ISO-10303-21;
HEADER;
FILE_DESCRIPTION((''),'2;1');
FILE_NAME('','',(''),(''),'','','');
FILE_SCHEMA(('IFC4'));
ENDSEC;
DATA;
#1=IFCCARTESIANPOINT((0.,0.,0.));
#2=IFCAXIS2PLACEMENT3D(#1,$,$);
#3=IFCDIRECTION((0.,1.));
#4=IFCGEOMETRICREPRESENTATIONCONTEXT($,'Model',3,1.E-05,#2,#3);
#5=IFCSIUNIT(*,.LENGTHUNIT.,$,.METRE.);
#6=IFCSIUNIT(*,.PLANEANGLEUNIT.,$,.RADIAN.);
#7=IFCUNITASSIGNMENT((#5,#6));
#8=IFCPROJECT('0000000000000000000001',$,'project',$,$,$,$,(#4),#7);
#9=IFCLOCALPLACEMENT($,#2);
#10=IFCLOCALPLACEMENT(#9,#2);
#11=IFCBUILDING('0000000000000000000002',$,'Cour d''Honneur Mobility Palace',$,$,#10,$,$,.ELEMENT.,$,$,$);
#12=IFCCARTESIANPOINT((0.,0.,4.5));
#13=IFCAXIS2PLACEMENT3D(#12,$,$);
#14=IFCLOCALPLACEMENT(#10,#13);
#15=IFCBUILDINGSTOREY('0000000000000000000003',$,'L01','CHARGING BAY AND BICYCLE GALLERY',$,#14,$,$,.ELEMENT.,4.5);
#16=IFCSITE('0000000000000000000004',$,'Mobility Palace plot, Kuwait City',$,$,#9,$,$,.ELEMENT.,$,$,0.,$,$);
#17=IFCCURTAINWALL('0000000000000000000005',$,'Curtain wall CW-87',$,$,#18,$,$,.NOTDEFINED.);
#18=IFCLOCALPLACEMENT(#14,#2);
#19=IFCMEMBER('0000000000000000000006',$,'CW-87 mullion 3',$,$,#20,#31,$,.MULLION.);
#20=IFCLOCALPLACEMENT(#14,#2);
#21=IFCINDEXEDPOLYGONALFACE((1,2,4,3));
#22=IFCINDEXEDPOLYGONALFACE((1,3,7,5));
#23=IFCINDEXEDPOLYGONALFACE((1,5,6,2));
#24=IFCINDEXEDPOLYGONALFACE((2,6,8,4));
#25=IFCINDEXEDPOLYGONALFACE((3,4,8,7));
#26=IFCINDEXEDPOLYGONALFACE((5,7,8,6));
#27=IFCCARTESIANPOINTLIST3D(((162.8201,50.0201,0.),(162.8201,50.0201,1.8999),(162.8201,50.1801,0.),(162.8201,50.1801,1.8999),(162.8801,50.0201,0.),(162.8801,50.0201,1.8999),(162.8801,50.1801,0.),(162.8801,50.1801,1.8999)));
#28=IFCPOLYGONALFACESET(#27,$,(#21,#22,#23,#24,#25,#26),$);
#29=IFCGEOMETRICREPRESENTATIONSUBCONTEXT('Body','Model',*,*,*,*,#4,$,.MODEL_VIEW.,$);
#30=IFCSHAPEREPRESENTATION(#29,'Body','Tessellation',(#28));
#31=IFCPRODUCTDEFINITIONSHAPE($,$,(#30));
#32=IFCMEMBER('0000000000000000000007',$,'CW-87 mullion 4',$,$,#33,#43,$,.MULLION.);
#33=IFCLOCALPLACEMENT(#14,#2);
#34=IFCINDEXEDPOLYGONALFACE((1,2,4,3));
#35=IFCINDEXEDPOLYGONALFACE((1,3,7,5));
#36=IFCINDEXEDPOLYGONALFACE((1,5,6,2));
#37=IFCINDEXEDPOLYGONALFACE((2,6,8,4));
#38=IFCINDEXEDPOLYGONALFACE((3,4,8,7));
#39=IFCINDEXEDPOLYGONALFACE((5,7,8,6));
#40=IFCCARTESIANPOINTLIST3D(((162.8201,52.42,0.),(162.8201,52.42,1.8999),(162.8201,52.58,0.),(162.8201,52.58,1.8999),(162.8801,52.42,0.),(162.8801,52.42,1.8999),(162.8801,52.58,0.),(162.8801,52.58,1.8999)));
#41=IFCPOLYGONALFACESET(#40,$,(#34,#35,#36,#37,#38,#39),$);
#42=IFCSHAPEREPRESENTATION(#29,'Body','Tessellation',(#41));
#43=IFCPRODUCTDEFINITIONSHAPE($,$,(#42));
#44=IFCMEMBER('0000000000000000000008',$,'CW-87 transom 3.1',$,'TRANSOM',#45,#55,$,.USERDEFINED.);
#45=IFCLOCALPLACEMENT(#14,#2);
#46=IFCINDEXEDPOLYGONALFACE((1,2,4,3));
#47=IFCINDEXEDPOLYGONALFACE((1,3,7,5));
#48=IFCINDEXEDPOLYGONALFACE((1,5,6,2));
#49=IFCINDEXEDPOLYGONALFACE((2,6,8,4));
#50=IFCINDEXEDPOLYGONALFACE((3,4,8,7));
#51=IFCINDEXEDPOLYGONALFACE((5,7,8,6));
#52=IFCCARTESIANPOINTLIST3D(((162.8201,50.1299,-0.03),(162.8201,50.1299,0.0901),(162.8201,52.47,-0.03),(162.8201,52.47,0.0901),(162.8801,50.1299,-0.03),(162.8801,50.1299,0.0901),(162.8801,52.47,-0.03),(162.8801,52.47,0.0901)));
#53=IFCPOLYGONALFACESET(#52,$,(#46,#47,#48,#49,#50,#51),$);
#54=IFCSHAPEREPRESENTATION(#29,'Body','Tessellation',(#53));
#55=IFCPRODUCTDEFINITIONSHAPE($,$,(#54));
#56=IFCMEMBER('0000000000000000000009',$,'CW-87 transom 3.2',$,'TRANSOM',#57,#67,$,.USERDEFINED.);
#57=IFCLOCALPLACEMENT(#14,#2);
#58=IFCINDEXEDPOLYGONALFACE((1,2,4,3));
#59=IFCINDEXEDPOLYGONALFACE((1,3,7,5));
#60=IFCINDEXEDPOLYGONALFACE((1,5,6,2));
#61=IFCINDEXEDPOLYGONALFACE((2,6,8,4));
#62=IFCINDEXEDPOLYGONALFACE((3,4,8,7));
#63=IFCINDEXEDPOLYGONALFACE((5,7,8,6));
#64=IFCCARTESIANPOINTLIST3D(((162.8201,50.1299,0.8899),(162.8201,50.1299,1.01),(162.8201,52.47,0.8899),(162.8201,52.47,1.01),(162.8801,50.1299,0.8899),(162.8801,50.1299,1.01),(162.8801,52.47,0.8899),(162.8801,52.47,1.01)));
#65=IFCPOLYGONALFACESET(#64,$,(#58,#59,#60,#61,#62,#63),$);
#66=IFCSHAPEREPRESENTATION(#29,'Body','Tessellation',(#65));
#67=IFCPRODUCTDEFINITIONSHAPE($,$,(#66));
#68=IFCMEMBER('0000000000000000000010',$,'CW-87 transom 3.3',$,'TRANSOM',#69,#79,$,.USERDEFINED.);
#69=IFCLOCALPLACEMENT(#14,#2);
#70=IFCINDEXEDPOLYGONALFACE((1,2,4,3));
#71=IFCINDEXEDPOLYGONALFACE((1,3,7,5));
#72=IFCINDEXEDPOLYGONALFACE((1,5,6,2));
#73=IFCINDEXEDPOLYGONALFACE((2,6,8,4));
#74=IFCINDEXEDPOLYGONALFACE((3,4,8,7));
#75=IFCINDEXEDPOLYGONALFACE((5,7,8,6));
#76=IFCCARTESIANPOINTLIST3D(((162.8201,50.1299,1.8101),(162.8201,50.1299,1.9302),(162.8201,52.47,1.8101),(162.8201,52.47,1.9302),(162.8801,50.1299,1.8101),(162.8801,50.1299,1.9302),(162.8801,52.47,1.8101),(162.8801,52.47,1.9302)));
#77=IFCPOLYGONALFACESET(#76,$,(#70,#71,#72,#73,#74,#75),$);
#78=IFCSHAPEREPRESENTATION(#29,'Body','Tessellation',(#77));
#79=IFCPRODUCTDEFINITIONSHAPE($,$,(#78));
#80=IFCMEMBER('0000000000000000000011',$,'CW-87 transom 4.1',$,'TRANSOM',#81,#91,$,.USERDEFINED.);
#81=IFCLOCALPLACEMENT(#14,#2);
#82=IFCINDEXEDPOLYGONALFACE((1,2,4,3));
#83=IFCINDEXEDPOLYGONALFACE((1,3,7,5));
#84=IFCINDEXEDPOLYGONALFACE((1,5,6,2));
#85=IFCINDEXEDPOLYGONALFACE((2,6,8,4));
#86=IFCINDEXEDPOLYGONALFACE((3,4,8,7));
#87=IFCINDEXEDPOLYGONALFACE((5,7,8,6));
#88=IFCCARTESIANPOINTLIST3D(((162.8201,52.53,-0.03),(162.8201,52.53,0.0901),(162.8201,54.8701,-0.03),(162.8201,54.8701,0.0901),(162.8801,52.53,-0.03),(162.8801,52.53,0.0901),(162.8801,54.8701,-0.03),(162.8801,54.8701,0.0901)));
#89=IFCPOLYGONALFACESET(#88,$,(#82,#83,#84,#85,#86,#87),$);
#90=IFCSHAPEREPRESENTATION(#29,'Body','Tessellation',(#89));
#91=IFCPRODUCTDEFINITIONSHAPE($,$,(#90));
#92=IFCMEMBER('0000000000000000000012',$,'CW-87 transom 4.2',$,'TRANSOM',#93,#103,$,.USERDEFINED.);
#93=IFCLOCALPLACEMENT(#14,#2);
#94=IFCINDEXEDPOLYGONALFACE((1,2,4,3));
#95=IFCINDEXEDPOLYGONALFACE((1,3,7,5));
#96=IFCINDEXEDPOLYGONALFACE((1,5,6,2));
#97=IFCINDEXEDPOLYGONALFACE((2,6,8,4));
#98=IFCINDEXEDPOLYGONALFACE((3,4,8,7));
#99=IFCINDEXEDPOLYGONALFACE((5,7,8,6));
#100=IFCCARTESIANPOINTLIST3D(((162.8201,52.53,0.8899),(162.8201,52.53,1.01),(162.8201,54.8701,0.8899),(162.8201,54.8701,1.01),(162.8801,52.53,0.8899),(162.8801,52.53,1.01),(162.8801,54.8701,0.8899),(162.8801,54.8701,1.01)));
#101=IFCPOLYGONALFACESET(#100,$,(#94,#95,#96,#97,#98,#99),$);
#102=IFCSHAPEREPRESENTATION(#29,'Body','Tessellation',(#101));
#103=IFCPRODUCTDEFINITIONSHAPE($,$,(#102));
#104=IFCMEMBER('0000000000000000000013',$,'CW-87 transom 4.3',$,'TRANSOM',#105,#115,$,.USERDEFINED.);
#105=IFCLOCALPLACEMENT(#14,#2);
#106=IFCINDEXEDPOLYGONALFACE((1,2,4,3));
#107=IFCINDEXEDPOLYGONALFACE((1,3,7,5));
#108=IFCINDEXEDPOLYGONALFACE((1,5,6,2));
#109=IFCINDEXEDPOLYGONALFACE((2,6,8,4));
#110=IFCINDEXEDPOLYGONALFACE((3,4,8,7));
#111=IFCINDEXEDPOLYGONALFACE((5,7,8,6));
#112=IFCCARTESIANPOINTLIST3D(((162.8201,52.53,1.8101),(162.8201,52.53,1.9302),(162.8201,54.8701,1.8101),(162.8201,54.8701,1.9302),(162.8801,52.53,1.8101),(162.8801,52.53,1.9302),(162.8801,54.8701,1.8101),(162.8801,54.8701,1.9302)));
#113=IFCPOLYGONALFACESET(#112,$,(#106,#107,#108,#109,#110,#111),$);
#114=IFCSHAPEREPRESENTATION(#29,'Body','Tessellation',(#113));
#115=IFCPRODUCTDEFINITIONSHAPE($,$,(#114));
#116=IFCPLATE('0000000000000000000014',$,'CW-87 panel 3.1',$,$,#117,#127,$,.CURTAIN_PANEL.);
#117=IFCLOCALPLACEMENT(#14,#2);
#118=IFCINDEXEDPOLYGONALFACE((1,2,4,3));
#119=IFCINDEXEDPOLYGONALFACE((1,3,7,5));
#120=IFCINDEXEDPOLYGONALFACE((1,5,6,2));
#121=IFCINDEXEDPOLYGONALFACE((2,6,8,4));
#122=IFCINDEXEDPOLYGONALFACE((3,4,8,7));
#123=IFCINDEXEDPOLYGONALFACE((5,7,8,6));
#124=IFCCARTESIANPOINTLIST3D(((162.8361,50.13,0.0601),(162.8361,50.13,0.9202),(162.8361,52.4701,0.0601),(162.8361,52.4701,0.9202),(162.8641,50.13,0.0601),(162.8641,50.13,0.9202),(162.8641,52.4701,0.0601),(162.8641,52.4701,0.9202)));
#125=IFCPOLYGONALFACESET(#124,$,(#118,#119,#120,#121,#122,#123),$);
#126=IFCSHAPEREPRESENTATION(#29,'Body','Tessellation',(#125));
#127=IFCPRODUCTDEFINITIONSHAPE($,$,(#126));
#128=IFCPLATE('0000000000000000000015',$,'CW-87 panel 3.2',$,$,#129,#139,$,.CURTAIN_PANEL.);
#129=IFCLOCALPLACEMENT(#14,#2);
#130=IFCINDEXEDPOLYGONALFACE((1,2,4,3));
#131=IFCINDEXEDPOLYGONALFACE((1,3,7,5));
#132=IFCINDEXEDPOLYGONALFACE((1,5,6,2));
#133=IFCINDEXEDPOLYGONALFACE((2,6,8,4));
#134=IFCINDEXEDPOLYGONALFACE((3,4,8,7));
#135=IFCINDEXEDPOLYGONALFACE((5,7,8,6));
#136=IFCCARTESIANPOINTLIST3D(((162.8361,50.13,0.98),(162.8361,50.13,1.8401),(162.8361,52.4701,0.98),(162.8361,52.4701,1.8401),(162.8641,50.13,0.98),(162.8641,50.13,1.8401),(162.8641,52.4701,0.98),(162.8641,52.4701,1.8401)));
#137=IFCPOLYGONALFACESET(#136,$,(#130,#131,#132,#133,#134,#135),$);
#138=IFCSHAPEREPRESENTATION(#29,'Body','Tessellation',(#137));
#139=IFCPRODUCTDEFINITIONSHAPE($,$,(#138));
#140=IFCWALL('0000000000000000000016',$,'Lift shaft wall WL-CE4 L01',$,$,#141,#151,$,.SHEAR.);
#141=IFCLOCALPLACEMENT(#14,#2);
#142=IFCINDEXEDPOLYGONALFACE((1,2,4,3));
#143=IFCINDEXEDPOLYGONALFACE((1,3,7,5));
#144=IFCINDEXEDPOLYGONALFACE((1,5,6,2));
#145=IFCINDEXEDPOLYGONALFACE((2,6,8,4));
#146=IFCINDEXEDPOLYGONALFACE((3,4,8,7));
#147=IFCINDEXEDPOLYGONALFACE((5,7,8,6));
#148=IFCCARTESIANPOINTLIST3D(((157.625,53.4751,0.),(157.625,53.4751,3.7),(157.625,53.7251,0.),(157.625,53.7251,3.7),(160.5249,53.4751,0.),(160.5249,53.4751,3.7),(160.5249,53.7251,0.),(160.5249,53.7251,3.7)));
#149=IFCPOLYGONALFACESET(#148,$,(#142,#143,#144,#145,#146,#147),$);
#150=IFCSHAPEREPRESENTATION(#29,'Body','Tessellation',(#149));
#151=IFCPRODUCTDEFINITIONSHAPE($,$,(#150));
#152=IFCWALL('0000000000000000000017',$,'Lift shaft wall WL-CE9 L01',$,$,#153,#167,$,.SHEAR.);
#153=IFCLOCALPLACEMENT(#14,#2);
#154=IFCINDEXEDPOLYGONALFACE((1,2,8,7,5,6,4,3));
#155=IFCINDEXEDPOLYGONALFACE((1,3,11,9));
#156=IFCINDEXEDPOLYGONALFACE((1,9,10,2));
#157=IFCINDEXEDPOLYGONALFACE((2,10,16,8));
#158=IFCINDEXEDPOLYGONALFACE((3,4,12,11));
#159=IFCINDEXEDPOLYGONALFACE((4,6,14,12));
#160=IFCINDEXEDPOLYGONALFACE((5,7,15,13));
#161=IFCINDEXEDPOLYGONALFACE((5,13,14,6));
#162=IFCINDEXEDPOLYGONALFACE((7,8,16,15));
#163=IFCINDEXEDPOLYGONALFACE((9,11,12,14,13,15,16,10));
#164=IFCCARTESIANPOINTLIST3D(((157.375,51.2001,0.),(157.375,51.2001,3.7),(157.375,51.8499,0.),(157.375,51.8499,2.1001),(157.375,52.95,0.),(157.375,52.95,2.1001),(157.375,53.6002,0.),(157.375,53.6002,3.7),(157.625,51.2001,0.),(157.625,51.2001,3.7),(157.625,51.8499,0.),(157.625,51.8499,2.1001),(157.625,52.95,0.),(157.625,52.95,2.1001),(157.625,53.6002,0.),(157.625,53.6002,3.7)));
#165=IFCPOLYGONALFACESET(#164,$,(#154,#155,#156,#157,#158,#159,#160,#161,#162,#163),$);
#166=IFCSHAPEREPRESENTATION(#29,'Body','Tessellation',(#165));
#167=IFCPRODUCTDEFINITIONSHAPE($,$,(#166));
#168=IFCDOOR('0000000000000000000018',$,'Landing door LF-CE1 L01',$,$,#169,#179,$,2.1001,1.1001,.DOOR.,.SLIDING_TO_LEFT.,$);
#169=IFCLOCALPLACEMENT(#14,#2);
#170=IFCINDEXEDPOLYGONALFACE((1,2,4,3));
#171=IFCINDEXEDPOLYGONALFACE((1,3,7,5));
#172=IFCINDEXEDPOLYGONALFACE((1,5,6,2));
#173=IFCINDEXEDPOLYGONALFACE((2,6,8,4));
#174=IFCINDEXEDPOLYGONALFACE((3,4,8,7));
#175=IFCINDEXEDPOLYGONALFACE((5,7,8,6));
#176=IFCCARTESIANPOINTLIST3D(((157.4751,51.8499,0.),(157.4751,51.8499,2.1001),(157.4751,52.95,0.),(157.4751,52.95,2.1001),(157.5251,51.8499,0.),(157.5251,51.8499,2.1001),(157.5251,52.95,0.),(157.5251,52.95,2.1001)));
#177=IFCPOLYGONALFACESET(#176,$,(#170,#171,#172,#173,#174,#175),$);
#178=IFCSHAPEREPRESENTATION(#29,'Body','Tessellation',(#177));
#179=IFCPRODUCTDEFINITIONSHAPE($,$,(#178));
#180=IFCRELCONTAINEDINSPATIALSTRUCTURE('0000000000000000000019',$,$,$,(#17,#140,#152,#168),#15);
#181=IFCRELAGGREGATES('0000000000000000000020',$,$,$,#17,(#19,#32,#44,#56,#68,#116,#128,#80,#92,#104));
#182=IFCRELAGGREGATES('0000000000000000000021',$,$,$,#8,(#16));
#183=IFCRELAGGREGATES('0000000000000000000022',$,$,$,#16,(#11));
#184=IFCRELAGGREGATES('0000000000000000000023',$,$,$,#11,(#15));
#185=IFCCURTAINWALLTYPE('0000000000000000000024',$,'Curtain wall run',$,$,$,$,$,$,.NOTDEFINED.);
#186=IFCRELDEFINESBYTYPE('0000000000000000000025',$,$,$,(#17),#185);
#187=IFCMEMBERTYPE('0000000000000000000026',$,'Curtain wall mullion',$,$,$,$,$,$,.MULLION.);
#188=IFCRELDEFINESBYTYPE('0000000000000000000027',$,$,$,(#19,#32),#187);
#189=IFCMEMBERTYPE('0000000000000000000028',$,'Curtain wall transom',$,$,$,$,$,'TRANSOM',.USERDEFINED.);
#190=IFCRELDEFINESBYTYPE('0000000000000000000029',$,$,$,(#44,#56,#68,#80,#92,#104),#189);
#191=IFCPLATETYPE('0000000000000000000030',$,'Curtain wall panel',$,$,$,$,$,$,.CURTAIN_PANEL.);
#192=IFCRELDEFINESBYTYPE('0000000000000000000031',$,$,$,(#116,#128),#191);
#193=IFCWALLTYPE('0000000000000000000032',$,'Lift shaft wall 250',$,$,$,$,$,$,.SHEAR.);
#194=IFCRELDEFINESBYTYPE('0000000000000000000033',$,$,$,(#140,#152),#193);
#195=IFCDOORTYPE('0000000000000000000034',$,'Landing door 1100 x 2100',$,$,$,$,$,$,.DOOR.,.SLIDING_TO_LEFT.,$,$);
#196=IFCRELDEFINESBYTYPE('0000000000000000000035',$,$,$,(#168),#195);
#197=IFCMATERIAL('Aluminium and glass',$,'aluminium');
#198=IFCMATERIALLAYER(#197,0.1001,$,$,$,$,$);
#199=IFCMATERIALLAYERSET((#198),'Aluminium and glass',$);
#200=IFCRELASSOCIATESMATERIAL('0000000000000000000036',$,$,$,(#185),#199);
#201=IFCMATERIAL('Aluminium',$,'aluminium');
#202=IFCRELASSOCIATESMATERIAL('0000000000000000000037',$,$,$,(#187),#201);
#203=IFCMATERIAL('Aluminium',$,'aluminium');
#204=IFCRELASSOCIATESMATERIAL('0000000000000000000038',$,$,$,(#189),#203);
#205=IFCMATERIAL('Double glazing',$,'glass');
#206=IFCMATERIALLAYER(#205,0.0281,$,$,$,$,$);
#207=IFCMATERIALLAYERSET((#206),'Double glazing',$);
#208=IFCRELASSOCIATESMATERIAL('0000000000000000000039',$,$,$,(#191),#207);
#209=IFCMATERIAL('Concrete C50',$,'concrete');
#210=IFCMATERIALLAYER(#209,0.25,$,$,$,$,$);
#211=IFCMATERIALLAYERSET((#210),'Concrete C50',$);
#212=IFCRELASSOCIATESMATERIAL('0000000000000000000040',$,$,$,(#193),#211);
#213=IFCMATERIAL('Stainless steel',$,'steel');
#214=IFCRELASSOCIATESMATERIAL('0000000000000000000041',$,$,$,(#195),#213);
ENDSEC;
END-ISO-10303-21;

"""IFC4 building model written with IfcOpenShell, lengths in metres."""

from ifc_helpers import new_model, si_unit, direction, frame, frame_2d, origin, origin_2d, place, context, subcontext, project, spatial, rectangle, extrude, material, layer, layer_set, material_profile, profile_set, type_object, element, fill, aggregate, save


model = new_model("IFC4")

# Units and contexts
model_context = context("Model", 3, precision=1e-05, world=origin(), true_north=direction((0.0, 1.0)))
body_context = subcontext(model_context, "Body", "Model", "MODEL_VIEW")
ifc_project = project(units=[si_unit("LENGTHUNIT", "METRE"), si_unit("PLANEANGLEUNIT", "RADIAN")], contexts=[model_context])

# Site, building, storey
site_placement = place(None, origin())
site = spatial("IfcSite", under=ifc_project, at=site_placement, Name="Mobility Palace plot, Kuwait City", CompositionType="ELEMENT", RefElevation=0.0)
building_placement = place(site_placement, origin())
building = spatial("IfcBuilding", under=site, at=building_placement, Name="Cour d'Honneur Mobility Palace", CompositionType="ELEMENT")
storey_placement = place(building_placement, frame((0.0, 0.0, 4.5)))
storey = spatial("IfcBuildingStorey", under=building, at=storey_placement, Name="L01", Description="CHARGING BAY AND BICYCLE GALLERY", CompositionType="ELEMENT", Elevation=4.5)

# Curtain wall, members, plates
ifc_material_1 = material(Name="Aluminium and glass", Category="aluminium")
ifc_layer_1 = layer(ifc_material_1, 0.1001)
ifc_layer_set_1 = layer_set([ifc_layer_1], Name="Aluminium and glass")
curtain_wall_type = type_object("IfcCurtainWallType", Name="Curtain wall run", PredefinedType="NOTDEFINED", material=ifc_layer_set_1)
curtain_wall_placement = place(storey_placement, origin())
curtain_wall = element("IfcCurtainWall", 1, at=curtain_wall_placement, inside=storey, type_object=curtain_wall_type, Name="Curtain wall CW-87", PredefinedType="NOTDEFINED")
ifc_material_2 = material(Name="Aluminium", Category="aluminium")
ifc_material_profile_1 = material_profile(ifc_material_2, rectangle(XDim=0.0601, YDim=0.1599, at=origin_2d()), Name="Curtain wall mullion")
ifc_profile_set_1 = profile_set([ifc_material_profile_1], Name="Aluminium")
member_type_1 = type_object("IfcMemberType", Name="Curtain wall mullion", PredefinedType="MULLION", material=ifc_profile_set_1)
member_1_placement = place(storey_placement, frame((162.8501, 50.1001, 0.0), z_axis=(0.0, 0.0, 1.0), x_axis=(-1.0, 0.0, 0.0)))
member_1 = element("IfcMember", 2, at=member_1_placement, type_object=member_type_1, Name="CW-87 mullion 3", PredefinedType="MULLION", context=body_context, shape_type="SweptSolid", body=[
    extrude(rectangle(XDim=0.0601, YDim=0.1599, at=origin_2d()), origin(), (0.0, 0.0, 1.0), 1.8999),
])
member_2_placement = place(storey_placement, frame((162.8501, 52.5, 0.0), z_axis=(0.0, 0.0, 1.0), x_axis=(-1.0, 0.0, 0.0)))
member_2 = element("IfcMember", 3, at=member_2_placement, type_object=member_type_1, Name="CW-87 mullion 4", PredefinedType="MULLION", context=body_context, shape_type="SweptSolid", body=[
    extrude(rectangle(XDim=0.0601, YDim=0.1599, at=origin_2d()), origin(), (0.0, 0.0, 1.0), 1.8999),
])
ifc_material_3 = material(Name="Aluminium", Category="aluminium")
ifc_material_profile_2 = material_profile(ifc_material_3, rectangle(XDim=0.0601, YDim=0.1201, at=origin_2d()), Name="Curtain wall transom")
ifc_profile_set_2 = profile_set([ifc_material_profile_2], Name="Aluminium")
member_type_2 = type_object("IfcMemberType", Name="Curtain wall transom", ElementType="TRANSOM", PredefinedType="USERDEFINED", material=ifc_profile_set_2)
member_3_placement = place(storey_placement, frame((162.8501, 50.1299, 0.03), z_axis=(0.0, 1.0, 0.0), x_axis=(-1.0, 0.0, 0.0)))
member_3 = element("IfcMember", 4, at=member_3_placement, type_object=member_type_2, Name="CW-87 transom 3.1", ObjectType="TRANSOM", PredefinedType="USERDEFINED", context=body_context, shape_type="SweptSolid", body=[
    extrude(rectangle(XDim=0.0601, YDim=0.1201, at=origin_2d()), origin(), (0.0, 0.0, 1.0), 2.3401),
])
member_4_placement = place(storey_placement, frame((162.8501, 50.1299, 0.95), z_axis=(0.0, 1.0, 0.0), x_axis=(-1.0, 0.0, 0.0)))
member_4 = element("IfcMember", 5, at=member_4_placement, type_object=member_type_2, Name="CW-87 transom 3.2", ObjectType="TRANSOM", PredefinedType="USERDEFINED", context=body_context, shape_type="SweptSolid", body=[
    extrude(rectangle(XDim=0.0601, YDim=0.1201, at=origin_2d()), origin(), (0.0, 0.0, 1.0), 2.3401),
])
member_5_placement = place(storey_placement, frame((162.8501, 50.1299, 1.8701), z_axis=(0.0, 1.0, 0.0), x_axis=(-1.0, 0.0, 0.0)))
member_5 = element("IfcMember", 6, at=member_5_placement, type_object=member_type_2, Name="CW-87 transom 3.3", ObjectType="TRANSOM", PredefinedType="USERDEFINED", context=body_context, shape_type="SweptSolid", body=[
    extrude(rectangle(XDim=0.0601, YDim=0.1201, at=origin_2d()), origin(), (0.0, 0.0, 1.0), 2.3401),
])
member_6_placement = place(storey_placement, frame((162.8501, 52.53, 0.03), z_axis=(0.0, 1.0, 0.0), x_axis=(-1.0, 0.0, 0.0)))
member_6 = element("IfcMember", 7, at=member_6_placement, type_object=member_type_2, Name="CW-87 transom 4.1", ObjectType="TRANSOM", PredefinedType="USERDEFINED", context=body_context, shape_type="SweptSolid", body=[
    extrude(rectangle(XDim=0.0601, YDim=0.1201, at=origin_2d()), origin(), (0.0, 0.0, 1.0), 2.3401),
])
member_7_placement = place(storey_placement, frame((162.8501, 52.53, 0.95), z_axis=(0.0, 1.0, 0.0), x_axis=(-1.0, 0.0, 0.0)))
member_7 = element("IfcMember", 8, at=member_7_placement, type_object=member_type_2, Name="CW-87 transom 4.2", ObjectType="TRANSOM", PredefinedType="USERDEFINED", context=body_context, shape_type="SweptSolid", body=[
    extrude(rectangle(XDim=0.0601, YDim=0.1201, at=origin_2d()), origin(), (0.0, 0.0, 1.0), 2.3401),
])
member_8_placement = place(storey_placement, frame((162.8501, 52.53, 1.8701), z_axis=(0.0, 1.0, 0.0), x_axis=(-1.0, 0.0, 0.0)))
member_8 = element("IfcMember", 9, at=member_8_placement, type_object=member_type_2, Name="CW-87 transom 4.3", ObjectType="TRANSOM", PredefinedType="USERDEFINED", context=body_context, shape_type="SweptSolid", body=[
    extrude(rectangle(XDim=0.0601, YDim=0.1201, at=origin_2d()), origin(), (0.0, 0.0, 1.0), 2.3401),
])
ifc_material_4 = material(Name="Double glazing", Category="glass")
ifc_layer_2 = layer(ifc_material_4, 0.0281)
ifc_layer_set_2 = layer_set([ifc_layer_2], Name="Double glazing")
plate_type = type_object("IfcPlateType", Name="Curtain wall panel", PredefinedType="CURTAIN_PANEL", material=ifc_layer_set_2)
plate_1_placement = place(storey_placement, frame((162.8501, 51.3, 0.0601), z_axis=(0.0, 0.0, 1.0), x_axis=(0.0, 1.0, 0.0)))
plate_1 = element("IfcPlate", 10, at=plate_1_placement, type_object=plate_type, Name="CW-87 panel 3.1", PredefinedType="CURTAIN_PANEL", context=body_context, shape_type="SweptSolid", body=[
    extrude(rectangle(XDim=2.3401, YDim=0.0281, at=origin_2d()), origin(), (0.0, 0.0, 1.0), 0.8601),
])
plate_2_placement = place(storey_placement, frame((162.8501, 51.3, 0.98), z_axis=(0.0, 0.0, 1.0), x_axis=(0.0, 1.0, 0.0)))
plate_2 = element("IfcPlate", 11, at=plate_2_placement, type_object=plate_type, Name="CW-87 panel 3.2", PredefinedType="CURTAIN_PANEL", context=body_context, shape_type="SweptSolid", body=[
    extrude(rectangle(XDim=2.3401, YDim=0.0281, at=origin_2d()), origin(), (0.0, 0.0, 1.0), 0.8601),
])
aggregate(curtain_wall, [member_1, member_2, member_3, member_4, member_5, plate_1, plate_2, member_6, member_7, member_8])

# Wall
ifc_material_5 = material(Name="Concrete C50", Category="concrete")
ifc_layer_3 = layer(ifc_material_5, 0.25)
ifc_layer_set_3 = layer_set([ifc_layer_3], Name="Concrete C50")
wall_type_1 = type_object("IfcWallType", Name="Lift shaft wall 250", PredefinedType="SHEAR", material=ifc_layer_set_3)
wall_1_placement = place(storey_placement, frame((157.625, 53.6001, 0.0), z_axis=(0.0, 0.0, 1.0), x_axis=(1.0, 0.0, 0.0)))
element("IfcWall", 12, at=wall_1_placement, inside=storey, type_object=wall_type_1, Name="Lift shaft wall WL-CE4 L01", PredefinedType="SHEAR", context=body_context, shape_type="SweptSolid", body=[
    extrude(rectangle(XDim=2.8999, YDim=0.25, at=frame_2d((1.45, 0.0))), origin(), (0.0, 0.0, 1.0), 3.7),
])

# Wall, opening, door
wall_2_placement = place(storey_placement, frame((157.5, 51.2, 0.0), z_axis=(0.0, 0.0, 1.0), x_axis=(0.0, 1.0, 0.0)))
wall_2 = element("IfcWall", 13, at=wall_2_placement, inside=storey, type_object=wall_type_1, Name="Lift shaft wall WL-CE9 L01", PredefinedType="SHEAR", context=body_context, shape_type="SweptSolid", body=[
    extrude(rectangle(XDim=2.4001, YDim=0.25, at=frame_2d((1.2002, 0.0))), origin(), (0.0, 0.0, 1.0), 3.7),
])
opening_1_placement = place(wall_2_placement, frame((0.6499, 0.0, 0.0)))
opening_1 = element("IfcOpeningElement", 14, at=opening_1_placement, cuts=wall_2, PredefinedType="OPENING", context=body_context, shape_type="SweptSolid", body=[
    extrude(rectangle(XDim=1.1001, YDim=2.1001, at=frame_2d((0.55, 1.05))), frame((0.0, 0.135, 0.0), z_axis=(0.0, -1.0, 0.0), x_axis=(1.0, 0.0, 0.0)), (0.0, 0.0, 1.0), 0.27),
])
ifc_material_6 = material(Name="Stainless steel", Category="steel")
door_type = type_object("IfcDoorType", Name="Landing door 1100 x 2100", OperationType="SLIDING_TO_LEFT", PredefinedType="DOOR", material=ifc_material_6)
door_1_placement = place(opening_1_placement, origin())
door_1 = element("IfcDoor", 15, at=door_1_placement, inside=storey, type_object=door_type, Name="Landing door LF-CE1 L01", OperationType="SLIDING_TO_LEFT", OverallHeight=2.1001, OverallWidth=1.1001, PredefinedType="DOOR", context=body_context, shape_type="SweptSolid", body=[
    extrude(rectangle(XDim=1.1001, YDim=2.1001, at=frame_2d((0.55, 1.05))), frame((0.0, 0.0249, 0.0), z_axis=(0.0, -1.0, 0.0), x_axis=(1.0, 0.0, 0.0)), (0.0, 0.0, 1.0), 0.05),
])
fill(opening_1, door_1)

save(model, "model.ifc")
